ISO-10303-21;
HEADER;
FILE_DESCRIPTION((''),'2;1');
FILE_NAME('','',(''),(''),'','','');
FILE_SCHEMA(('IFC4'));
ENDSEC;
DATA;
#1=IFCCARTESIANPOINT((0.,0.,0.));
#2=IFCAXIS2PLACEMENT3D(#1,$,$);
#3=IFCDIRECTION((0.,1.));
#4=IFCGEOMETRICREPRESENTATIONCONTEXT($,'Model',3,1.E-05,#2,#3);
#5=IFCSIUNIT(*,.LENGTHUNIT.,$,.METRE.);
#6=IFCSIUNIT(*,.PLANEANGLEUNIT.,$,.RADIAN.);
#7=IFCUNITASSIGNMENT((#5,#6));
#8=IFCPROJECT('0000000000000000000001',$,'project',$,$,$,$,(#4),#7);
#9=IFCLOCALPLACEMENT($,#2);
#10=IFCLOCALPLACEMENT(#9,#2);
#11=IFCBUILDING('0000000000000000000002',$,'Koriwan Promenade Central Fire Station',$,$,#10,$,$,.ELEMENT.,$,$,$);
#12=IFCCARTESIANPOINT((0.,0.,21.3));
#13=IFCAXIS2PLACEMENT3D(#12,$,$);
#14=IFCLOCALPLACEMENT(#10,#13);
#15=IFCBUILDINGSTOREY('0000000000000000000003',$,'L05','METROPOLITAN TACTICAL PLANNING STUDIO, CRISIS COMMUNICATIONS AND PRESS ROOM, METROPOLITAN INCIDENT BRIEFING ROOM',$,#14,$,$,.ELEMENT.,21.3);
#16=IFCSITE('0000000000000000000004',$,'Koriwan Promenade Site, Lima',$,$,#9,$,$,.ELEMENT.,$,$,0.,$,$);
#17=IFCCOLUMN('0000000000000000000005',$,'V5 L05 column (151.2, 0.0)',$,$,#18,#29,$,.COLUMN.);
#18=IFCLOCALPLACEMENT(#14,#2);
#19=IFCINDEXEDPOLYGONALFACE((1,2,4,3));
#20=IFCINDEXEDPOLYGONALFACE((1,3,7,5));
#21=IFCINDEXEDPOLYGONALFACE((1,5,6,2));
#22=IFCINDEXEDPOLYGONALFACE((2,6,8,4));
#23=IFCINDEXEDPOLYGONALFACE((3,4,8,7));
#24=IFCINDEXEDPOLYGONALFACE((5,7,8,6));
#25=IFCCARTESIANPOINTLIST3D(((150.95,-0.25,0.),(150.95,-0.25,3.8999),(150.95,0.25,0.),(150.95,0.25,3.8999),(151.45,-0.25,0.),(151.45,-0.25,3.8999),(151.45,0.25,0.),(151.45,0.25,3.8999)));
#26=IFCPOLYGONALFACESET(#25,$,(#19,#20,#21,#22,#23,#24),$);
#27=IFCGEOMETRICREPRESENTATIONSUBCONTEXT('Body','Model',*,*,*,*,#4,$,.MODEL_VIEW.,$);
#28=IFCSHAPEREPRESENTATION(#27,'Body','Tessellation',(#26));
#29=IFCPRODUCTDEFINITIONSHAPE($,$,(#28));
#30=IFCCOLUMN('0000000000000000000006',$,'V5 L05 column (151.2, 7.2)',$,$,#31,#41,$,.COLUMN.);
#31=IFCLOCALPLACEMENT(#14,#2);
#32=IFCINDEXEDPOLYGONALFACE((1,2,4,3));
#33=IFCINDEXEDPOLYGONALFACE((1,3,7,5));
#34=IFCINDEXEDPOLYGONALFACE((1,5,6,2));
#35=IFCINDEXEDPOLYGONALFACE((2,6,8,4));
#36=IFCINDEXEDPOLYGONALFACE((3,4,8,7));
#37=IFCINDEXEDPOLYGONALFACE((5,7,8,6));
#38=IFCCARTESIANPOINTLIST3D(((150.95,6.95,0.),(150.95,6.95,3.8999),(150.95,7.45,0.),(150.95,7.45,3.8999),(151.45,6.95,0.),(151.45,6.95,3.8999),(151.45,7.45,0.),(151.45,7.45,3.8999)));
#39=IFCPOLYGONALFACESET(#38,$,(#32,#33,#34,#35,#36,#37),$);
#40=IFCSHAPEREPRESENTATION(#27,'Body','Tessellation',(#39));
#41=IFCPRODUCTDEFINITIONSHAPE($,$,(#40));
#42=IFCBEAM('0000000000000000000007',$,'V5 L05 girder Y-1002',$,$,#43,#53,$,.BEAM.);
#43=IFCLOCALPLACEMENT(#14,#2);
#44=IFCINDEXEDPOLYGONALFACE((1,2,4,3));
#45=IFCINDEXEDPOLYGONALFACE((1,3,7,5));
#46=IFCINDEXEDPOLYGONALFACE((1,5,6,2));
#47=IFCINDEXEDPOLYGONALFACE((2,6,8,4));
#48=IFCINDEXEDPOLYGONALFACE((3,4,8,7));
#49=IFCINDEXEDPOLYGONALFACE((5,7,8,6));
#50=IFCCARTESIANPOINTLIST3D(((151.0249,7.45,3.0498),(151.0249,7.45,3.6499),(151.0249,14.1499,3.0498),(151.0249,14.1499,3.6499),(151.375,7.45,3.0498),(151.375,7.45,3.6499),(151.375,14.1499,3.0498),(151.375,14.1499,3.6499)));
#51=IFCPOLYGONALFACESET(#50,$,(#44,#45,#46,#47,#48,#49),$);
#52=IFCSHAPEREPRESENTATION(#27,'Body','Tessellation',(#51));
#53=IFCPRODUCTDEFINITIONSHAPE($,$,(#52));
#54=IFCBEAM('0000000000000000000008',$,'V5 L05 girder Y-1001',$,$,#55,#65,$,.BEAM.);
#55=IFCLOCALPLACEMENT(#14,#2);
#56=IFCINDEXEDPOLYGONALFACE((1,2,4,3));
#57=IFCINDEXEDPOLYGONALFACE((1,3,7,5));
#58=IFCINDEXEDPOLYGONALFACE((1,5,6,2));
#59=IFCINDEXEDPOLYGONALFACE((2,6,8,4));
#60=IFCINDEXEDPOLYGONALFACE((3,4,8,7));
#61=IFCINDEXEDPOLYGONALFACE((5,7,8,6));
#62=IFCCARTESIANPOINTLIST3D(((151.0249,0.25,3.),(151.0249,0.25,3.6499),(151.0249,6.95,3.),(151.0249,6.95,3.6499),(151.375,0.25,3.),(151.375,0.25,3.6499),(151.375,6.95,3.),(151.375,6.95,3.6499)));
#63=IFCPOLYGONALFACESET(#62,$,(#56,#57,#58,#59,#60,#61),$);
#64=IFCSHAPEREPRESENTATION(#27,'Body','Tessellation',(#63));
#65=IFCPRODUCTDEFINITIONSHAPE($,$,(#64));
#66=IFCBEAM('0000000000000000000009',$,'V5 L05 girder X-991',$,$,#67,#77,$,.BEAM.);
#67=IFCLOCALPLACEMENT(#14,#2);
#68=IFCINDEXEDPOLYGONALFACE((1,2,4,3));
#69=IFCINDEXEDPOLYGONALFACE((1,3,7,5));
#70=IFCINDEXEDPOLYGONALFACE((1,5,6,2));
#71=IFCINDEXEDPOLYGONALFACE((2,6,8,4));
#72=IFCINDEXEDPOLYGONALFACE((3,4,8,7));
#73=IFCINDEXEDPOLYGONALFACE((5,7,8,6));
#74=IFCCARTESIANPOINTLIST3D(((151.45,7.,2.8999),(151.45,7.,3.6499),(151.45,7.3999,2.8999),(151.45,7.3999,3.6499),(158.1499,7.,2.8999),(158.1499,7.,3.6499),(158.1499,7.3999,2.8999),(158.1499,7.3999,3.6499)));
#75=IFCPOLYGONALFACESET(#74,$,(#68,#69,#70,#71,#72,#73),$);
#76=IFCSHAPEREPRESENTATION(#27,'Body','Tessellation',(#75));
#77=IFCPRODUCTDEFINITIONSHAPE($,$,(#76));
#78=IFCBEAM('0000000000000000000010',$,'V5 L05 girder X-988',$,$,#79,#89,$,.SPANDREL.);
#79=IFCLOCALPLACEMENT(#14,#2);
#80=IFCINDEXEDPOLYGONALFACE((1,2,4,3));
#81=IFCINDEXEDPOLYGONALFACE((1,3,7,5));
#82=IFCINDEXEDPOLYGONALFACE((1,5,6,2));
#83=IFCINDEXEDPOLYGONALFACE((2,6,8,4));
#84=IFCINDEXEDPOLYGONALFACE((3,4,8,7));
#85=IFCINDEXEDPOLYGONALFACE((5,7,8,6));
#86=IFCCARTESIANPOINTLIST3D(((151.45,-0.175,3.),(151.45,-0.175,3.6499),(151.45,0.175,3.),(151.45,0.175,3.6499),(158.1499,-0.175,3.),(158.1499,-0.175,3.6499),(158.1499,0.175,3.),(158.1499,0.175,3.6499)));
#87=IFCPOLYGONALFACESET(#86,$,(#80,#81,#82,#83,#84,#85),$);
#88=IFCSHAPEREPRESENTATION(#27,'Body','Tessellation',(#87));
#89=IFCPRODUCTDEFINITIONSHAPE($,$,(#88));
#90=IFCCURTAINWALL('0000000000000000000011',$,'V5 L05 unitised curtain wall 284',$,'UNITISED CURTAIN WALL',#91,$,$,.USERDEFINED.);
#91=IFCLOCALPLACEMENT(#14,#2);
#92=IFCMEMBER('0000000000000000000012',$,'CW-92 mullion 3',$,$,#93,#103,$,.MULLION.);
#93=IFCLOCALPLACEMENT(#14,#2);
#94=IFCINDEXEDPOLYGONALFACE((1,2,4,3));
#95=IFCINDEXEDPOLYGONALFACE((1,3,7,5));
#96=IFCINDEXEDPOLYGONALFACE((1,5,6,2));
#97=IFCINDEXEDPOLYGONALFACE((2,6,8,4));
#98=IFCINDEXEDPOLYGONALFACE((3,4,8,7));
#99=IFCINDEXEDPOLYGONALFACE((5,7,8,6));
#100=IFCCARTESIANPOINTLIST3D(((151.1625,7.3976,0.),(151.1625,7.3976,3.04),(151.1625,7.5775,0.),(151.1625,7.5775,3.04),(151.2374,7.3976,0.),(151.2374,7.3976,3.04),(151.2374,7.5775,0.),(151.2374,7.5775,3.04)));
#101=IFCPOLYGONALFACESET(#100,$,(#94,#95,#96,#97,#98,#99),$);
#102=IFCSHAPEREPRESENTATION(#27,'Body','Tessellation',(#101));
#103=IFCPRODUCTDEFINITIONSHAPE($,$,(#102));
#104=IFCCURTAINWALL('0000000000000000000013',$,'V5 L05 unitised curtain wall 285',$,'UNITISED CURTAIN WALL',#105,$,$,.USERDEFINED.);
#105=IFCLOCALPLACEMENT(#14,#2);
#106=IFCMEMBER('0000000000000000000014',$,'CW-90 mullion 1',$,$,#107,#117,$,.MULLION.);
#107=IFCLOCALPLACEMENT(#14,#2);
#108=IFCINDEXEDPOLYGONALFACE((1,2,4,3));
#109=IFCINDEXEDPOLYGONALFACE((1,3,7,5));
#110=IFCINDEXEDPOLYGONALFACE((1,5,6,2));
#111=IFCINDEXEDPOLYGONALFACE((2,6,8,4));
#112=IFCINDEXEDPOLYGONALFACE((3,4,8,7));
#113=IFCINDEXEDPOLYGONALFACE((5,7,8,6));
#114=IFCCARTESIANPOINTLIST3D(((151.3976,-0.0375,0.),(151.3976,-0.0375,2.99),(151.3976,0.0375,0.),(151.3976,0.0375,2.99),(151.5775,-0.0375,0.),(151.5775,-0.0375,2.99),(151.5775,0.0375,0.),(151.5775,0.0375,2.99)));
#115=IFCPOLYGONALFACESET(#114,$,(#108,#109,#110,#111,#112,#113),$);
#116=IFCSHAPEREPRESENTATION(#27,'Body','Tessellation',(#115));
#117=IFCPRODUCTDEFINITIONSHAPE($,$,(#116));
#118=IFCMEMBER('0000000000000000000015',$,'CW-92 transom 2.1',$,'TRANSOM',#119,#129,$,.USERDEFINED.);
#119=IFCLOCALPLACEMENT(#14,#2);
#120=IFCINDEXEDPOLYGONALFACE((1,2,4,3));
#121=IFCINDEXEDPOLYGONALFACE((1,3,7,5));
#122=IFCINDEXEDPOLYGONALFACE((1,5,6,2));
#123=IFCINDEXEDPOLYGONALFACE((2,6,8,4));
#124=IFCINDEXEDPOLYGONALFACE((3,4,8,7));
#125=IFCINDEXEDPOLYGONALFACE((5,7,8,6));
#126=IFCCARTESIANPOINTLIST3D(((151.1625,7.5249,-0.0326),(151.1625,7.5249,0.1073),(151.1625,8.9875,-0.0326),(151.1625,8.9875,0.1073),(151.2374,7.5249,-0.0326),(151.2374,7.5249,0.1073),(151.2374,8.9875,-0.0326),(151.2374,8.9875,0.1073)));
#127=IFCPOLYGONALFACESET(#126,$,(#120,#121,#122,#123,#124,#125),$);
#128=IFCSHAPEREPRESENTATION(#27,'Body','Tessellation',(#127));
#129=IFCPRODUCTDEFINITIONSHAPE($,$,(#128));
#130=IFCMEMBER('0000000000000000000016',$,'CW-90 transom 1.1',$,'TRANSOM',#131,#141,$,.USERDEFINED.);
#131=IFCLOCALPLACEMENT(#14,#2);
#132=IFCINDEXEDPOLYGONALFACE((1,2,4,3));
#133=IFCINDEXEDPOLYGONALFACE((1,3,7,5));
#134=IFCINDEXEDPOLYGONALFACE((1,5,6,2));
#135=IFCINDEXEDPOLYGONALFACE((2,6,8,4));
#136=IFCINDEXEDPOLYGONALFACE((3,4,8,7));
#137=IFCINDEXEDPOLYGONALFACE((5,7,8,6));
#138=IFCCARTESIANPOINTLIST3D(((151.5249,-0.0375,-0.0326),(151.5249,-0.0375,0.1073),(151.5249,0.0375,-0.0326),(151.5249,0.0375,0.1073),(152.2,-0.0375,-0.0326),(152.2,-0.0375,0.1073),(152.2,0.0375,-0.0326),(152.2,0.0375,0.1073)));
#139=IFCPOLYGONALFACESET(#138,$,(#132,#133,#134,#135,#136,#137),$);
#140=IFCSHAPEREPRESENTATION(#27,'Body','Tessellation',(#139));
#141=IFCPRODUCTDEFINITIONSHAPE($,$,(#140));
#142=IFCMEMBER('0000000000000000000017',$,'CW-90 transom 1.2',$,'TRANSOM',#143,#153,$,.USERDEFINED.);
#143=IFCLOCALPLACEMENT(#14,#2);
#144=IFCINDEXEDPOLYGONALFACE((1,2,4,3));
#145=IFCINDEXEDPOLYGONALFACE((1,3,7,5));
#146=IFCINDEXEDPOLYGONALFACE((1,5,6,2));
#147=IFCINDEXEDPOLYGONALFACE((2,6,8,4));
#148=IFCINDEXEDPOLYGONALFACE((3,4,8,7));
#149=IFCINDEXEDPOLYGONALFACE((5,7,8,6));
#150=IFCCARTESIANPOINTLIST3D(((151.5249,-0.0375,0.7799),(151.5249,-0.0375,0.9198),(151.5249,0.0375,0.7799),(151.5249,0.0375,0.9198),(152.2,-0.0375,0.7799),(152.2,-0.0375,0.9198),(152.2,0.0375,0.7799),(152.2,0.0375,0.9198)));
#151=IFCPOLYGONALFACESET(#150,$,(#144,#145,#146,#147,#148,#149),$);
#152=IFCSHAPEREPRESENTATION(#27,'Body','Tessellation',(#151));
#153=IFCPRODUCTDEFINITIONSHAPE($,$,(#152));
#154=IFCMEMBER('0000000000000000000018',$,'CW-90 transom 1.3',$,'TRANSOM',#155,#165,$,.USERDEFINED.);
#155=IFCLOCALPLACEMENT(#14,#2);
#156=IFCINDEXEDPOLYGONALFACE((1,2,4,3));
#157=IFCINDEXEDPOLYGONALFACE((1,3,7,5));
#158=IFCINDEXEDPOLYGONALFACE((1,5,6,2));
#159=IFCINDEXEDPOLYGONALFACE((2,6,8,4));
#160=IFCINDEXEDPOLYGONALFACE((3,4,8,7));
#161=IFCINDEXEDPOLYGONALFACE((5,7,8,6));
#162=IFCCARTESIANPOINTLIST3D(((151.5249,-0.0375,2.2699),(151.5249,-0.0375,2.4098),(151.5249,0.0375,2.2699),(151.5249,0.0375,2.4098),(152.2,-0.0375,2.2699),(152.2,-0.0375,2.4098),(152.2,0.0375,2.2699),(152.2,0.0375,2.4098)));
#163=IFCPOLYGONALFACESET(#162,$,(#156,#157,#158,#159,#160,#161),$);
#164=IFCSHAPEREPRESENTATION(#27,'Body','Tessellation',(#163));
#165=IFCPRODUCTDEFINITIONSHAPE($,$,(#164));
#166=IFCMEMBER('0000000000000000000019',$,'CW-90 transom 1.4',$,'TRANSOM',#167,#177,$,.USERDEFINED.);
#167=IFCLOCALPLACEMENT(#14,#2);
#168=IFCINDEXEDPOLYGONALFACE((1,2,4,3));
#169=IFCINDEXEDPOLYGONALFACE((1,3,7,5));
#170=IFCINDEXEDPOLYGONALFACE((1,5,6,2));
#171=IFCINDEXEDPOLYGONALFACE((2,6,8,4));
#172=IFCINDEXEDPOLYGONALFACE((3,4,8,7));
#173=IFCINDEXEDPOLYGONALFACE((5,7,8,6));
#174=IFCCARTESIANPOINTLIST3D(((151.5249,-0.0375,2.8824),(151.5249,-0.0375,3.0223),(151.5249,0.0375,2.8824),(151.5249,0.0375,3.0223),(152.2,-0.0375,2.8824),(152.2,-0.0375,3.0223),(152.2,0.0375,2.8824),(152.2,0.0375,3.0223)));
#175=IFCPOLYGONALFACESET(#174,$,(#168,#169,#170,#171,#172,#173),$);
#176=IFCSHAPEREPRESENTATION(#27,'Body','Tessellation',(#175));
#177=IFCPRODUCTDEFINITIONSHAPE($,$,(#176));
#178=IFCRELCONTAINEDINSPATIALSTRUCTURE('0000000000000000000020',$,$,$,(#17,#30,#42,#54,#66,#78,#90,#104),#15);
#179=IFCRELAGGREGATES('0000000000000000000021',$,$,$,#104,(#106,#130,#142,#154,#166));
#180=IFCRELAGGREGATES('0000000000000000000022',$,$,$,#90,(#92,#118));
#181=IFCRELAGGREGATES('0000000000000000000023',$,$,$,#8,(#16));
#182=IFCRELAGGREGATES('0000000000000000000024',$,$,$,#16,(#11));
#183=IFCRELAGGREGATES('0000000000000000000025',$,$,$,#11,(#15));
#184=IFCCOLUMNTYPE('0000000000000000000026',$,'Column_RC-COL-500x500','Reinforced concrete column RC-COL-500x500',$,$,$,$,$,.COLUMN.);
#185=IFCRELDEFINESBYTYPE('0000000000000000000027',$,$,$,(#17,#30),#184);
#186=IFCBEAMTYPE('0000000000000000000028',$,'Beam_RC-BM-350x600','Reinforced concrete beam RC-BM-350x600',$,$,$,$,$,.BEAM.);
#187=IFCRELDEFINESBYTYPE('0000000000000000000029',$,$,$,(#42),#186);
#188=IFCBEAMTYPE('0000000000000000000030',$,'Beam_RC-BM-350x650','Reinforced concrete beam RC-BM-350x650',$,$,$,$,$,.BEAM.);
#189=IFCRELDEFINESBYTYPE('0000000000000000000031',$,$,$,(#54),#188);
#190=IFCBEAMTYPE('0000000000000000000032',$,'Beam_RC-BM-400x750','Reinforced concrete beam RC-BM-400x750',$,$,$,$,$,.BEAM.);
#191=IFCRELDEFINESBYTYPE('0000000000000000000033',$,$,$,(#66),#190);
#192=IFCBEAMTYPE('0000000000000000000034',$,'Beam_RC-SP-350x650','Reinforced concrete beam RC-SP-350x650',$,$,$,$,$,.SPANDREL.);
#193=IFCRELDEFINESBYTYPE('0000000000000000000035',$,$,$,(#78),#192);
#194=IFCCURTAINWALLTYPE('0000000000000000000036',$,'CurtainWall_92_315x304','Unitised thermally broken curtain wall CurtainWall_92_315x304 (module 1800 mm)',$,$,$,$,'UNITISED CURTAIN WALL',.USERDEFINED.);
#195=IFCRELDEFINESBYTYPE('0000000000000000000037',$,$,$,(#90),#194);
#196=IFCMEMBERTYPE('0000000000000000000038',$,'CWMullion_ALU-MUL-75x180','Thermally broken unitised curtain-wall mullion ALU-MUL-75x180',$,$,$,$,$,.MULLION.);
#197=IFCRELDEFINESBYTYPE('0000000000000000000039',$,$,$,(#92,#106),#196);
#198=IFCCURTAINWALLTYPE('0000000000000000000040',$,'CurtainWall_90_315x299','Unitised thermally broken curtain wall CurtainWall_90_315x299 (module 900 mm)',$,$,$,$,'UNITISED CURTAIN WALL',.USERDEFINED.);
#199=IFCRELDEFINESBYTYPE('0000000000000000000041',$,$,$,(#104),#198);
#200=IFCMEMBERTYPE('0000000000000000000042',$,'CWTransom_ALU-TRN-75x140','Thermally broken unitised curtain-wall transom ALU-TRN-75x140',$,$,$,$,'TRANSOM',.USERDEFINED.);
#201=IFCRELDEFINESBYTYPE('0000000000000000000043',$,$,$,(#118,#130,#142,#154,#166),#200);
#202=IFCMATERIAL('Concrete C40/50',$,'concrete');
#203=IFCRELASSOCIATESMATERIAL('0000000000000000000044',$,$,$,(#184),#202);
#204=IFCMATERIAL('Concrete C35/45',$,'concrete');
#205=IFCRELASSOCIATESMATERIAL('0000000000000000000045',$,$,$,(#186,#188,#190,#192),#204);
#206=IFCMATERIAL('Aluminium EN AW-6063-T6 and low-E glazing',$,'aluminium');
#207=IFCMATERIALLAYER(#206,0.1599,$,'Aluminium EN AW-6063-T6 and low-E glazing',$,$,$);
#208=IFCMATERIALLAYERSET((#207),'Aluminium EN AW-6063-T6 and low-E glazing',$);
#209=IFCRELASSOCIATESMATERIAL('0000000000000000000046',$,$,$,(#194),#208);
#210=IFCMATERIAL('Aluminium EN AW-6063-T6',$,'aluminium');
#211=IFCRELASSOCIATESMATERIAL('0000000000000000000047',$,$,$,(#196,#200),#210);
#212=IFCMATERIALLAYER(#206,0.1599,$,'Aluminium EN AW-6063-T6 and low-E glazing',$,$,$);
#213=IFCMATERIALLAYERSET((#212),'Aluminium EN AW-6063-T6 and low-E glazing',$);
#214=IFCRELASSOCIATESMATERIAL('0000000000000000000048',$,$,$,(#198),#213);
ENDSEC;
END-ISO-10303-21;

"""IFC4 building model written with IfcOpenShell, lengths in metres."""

from ifc_helpers import new_model, si_unit, direction, frame, origin, origin_2d, place, context, subcontext, project, spatial, rectangle, extrude, material, layer, layer_set, material_profile, profile_set, type_object, element, aggregate, save


model = new_model("IFC4")

# Units and contexts
model_context = context("Model", 3, precision=1e-05, world=origin(), true_north=direction((0.0, 1.0)))
body_context = subcontext(model_context, "Body", "Model", "MODEL_VIEW")
ifc_project = project(units=[si_unit("LENGTHUNIT", "METRE"), si_unit("PLANEANGLEUNIT", "RADIAN")], contexts=[model_context])

# Site, building, storey
site_placement = place(None, origin())
site = spatial("IfcSite", under=ifc_project, at=site_placement, Name="Koriwan Promenade Site, Lima", CompositionType="ELEMENT", RefElevation=0.0)
building_placement = place(site_placement, origin())
building = spatial("IfcBuilding", under=site, at=building_placement, Name="Koriwan Promenade Central Fire Station", CompositionType="ELEMENT")
storey_placement = place(building_placement, frame((0.0, 0.0, 21.3)))
storey = spatial("IfcBuildingStorey", under=building, at=storey_placement, Name="L05", Description="METROPOLITAN TACTICAL PLANNING STUDIO, CRISIS COMMUNICATIONS AND PRESS ROOM, METROPOLITAN INCIDENT BRIEFING ROOM", CompositionType="ELEMENT", Elevation=21.3)

# Columns
ifc_material_1 = material(Name="Concrete C40/50", Category="concrete")
ifc_material_profile_1 = material_profile(ifc_material_1, rectangle(XDim=0.5, YDim=0.5, at=origin_2d()), Name="RC-COL-500x500")
ifc_profile_set_1 = profile_set([ifc_material_profile_1], Name="Concrete C40/50")
column_type = type_object("IfcColumnType", Name="Column_RC-COL-500x500", Description="Reinforced concrete column RC-COL-500x500", PredefinedType="COLUMN", material=ifc_profile_set_1)
for number, where, z_axis, x_axis, name in (
    (1, (151.2, 0.0, 0.0), (0.0, 0.0, 1.0), (1.0, 0.0, 0.0), "V5 L05 column (151.2, 0.0)"),
    (2, (151.2, 7.2, 0.0), (0.0, 0.0, 1.0), (1.0, 0.0, 0.0), "V5 L05 column (151.2, 7.2)"),
):
    element("IfcColumn", number, at=place(storey_placement, frame(where, z_axis=z_axis, x_axis=x_axis)), inside=storey, type_object=column_type, Name=name, PredefinedType="COLUMN", context=body_context, shape_type="SweptSolid", body=[
        extrude(rectangle(XDim=0.5, YDim=0.5, at=origin_2d()), origin(), (0.0, 0.0, 1.0), 3.8999),
    ])

# Beams
ifc_material_2 = material(Name="Concrete C35/45", Category="concrete")
ifc_material_profile_2 = material_profile(ifc_material_2, rectangle(XDim=0.3501, YDim=0.6001, at=origin_2d()), Name="RC-BM-350x600")
ifc_profile_set_2 = profile_set([ifc_material_profile_2], Name="Concrete C35/45")
beam_type_1 = type_object("IfcBeamType", Name="Beam_RC-BM-350x600", Description="Reinforced concrete beam RC-BM-350x600", PredefinedType="BEAM", material=ifc_profile_set_2)
beam_1_placement = place(storey_placement, frame((151.2, 7.45, 3.3499), z_axis=(0.0, 1.0, 0.0), x_axis=(-1.0, 0.0, 0.0)))
element("IfcBeam", 3, at=beam_1_placement, inside=storey, type_object=beam_type_1, Name="V5 L05 girder Y-1002", PredefinedType="BEAM", context=body_context, shape_type="SweptSolid", body=[
    extrude(rectangle(XDim=0.3501, YDim=0.6001, at=origin_2d()), origin(), (0.0, 0.0, 1.0), 6.7),
])
ifc_material_profile_3 = material_profile(ifc_material_2, rectangle(XDim=0.3501, YDim=0.6499, at=origin_2d()), Name="RC-BM-350x650")
ifc_profile_set_3 = profile_set([ifc_material_profile_3], Name="Concrete C35/45")
beam_type_2 = type_object("IfcBeamType", Name="Beam_RC-BM-350x650", Description="Reinforced concrete beam RC-BM-350x650", PredefinedType="BEAM", material=ifc_profile_set_3)
beam_2_placement = place(storey_placement, frame((151.2, 0.25, 3.325), z_axis=(0.0, 1.0, 0.0), x_axis=(-1.0, 0.0, 0.0)))
element("IfcBeam", 4, at=beam_2_placement, inside=storey, type_object=beam_type_2, Name="V5 L05 girder Y-1001", PredefinedType="BEAM", context=body_context, shape_type="SweptSolid", body=[
    extrude(rectangle(XDim=0.3501, YDim=0.6499, at=origin_2d()), origin(), (0.0, 0.0, 1.0), 6.7),
])
ifc_material_profile_4 = material_profile(ifc_material_2, rectangle(XDim=0.3999, YDim=0.75, at=origin_2d()), Name="RC-BM-400x750")
ifc_profile_set_4 = profile_set([ifc_material_profile_4], Name="Concrete C35/45")
beam_type_3 = type_object("IfcBeamType", Name="Beam_RC-BM-400x750", Description="Reinforced concrete beam RC-BM-400x750", PredefinedType="BEAM", material=ifc_profile_set_4)
beam_3_placement = place(storey_placement, frame((151.45, 7.2, 3.2749), z_axis=(1.0, 0.0, 0.0), x_axis=(0.0, 1.0, 0.0)))
element("IfcBeam", 5, at=beam_3_placement, inside=storey, type_object=beam_type_3, Name="V5 L05 girder X-991", PredefinedType="BEAM", context=body_context, shape_type="SweptSolid", body=[
    extrude(rectangle(XDim=0.3999, YDim=0.75, at=origin_2d()), origin(), (0.0, 0.0, 1.0), 6.7),
])
ifc_material_profile_5 = material_profile(ifc_material_2, rectangle(XDim=0.3501, YDim=0.6499, at=origin_2d()), Name="RC-SP-350x650")
ifc_profile_set_5 = profile_set([ifc_material_profile_5], Name="Concrete C35/45")
beam_type_4 = type_object("IfcBeamType", Name="Beam_RC-SP-350x650", Description="Reinforced concrete beam RC-SP-350x650", PredefinedType="SPANDREL", material=ifc_profile_set_5)
beam_4_placement = place(storey_placement, frame((151.45, 0.0, 3.325), z_axis=(1.0, 0.0, 0.0), x_axis=(0.0, 1.0, 0.0)))
element("IfcBeam", 6, at=beam_4_placement, inside=storey, type_object=beam_type_4, Name="V5 L05 girder X-988", PredefinedType="SPANDREL", context=body_context, shape_type="SweptSolid", body=[
    extrude(rectangle(XDim=0.3501, YDim=0.6499, at=origin_2d()), origin(), (0.0, 0.0, 1.0), 6.7),
])

# Curtain walls, members
ifc_material_3 = material(Name="Aluminium EN AW-6063-T6 and low-E glazing", Category="aluminium")
ifc_layer_1 = layer(ifc_material_3, 0.1599, Name="Aluminium EN AW-6063-T6 and low-E glazing")
ifc_layer_set_1 = layer_set([ifc_layer_1], Name="Aluminium EN AW-6063-T6 and low-E glazing")
curtain_wall_type_1 = type_object("IfcCurtainWallType", Name="CurtainWall_92_315x304", Description="Unitised thermally broken curtain wall CurtainWall_92_315x304 (module 1800 mm)", ElementType="UNITISED CURTAIN WALL", PredefinedType="USERDEFINED", material=ifc_layer_set_1)
curtain_wall_1_placement = place(storey_placement, origin())
curtain_wall_1 = element("IfcCurtainWall", 7, at=curtain_wall_1_placement, inside=storey, type_object=curtain_wall_type_1, Name="V5 L05 unitised curtain wall 284", ObjectType="UNITISED CURTAIN WALL", PredefinedType="USERDEFINED")
ifc_material_4 = material(Name="Aluminium EN AW-6063-T6", Category="aluminium")
ifc_material_profile_6 = material_profile(ifc_material_4, rectangle(XDim=0.075, YDim=0.1799, at=origin_2d()), Name="ALU-MUL-75x180")
ifc_profile_set_6 = profile_set([ifc_material_profile_6], Name="Aluminium EN AW-6063-T6")
member_type_1 = type_object("IfcMemberType", Name="CWMullion_ALU-MUL-75x180", Description="Thermally broken unitised curtain-wall mullion ALU-MUL-75x180", PredefinedType="MULLION", material=ifc_profile_set_6)
member_1_placement = place(storey_placement, frame((151.2, 7.4875, 0.0), z_axis=(0.0, 0.0, 1.0), x_axis=(1.0, 0.0, 0.0)))
member_1 = element("IfcMember", 8, at=member_1_placement, type_object=member_type_1, Name="CW-92 mullion 3", PredefinedType="MULLION", context=body_context, shape_type="SweptSolid", body=[
    extrude(rectangle(XDim=0.075, YDim=0.1799, at=origin_2d()), origin(), (0.0, 0.0, 1.0), 3.04),
])
ifc_layer_2 = layer(ifc_material_3, 0.1599, Name="Aluminium EN AW-6063-T6 and low-E glazing")
ifc_layer_set_2 = layer_set([ifc_layer_2], Name="Aluminium EN AW-6063-T6 and low-E glazing")
curtain_wall_type_2 = type_object("IfcCurtainWallType", Name="CurtainWall_90_315x299", Description="Unitised thermally broken curtain wall CurtainWall_90_315x299 (module 900 mm)", ElementType="UNITISED CURTAIN WALL", PredefinedType="USERDEFINED", material=ifc_layer_set_2)
curtain_wall_2_placement = place(storey_placement, origin())
curtain_wall_2 = element("IfcCurtainWall", 9, at=curtain_wall_2_placement, inside=storey, type_object=curtain_wall_type_2, Name="V5 L05 unitised curtain wall 285", ObjectType="UNITISED CURTAIN WALL", PredefinedType="USERDEFINED")
member_2_placement = place(storey_placement, frame((151.4875, 0.0, 0.0), z_axis=(0.0, 0.0, 1.0), x_axis=(0.0, 1.0, 0.0)))
member_2 = element("IfcMember", 10, at=member_2_placement, type_object=member_type_1, Name="CW-90 mullion 1", PredefinedType="MULLION", context=body_context, shape_type="SweptSolid", body=[
    extrude(rectangle(XDim=0.075, YDim=0.1799, at=origin_2d()), origin(), (0.0, 0.0, 1.0), 2.99),
])

# Members
ifc_material_profile_7 = material_profile(ifc_material_4, rectangle(XDim=0.075, YDim=0.1399, at=origin_2d()), Name="ALU-TRN-75x140")
ifc_profile_set_7 = profile_set([ifc_material_profile_7], Name="Aluminium EN AW-6063-T6")
member_type_2 = type_object("IfcMemberType", Name="CWTransom_ALU-TRN-75x140", Description="Thermally broken unitised curtain-wall transom ALU-TRN-75x140", ElementType="TRANSOM", PredefinedType="USERDEFINED", material=ifc_profile_set_7)
member_3_placement = place(storey_placement, frame((151.2, 8.9875, 0.0374), z_axis=(0.0, -1.0, 0.0), x_axis=(1.0, 0.0, 0.0)))
member_3 = element("IfcMember", 11, at=member_3_placement, type_object=member_type_2, Name="CW-92 transom 2.1", ObjectType="TRANSOM", PredefinedType="USERDEFINED", context=body_context, shape_type="SweptSolid", body=[
    extrude(rectangle(XDim=0.075, YDim=0.1399, at=origin_2d()), origin(), (0.0, 0.0, 1.0), 1.4626),
])
member_4_placement = place(storey_placement, frame((151.5249, 0.0, 0.0374), z_axis=(1.0, 0.0, 0.0), x_axis=(0.0, 1.0, 0.0)))
member_4 = element("IfcMember", 12, at=member_4_placement, type_object=member_type_2, Name="CW-90 transom 1.1", ObjectType="TRANSOM", PredefinedType="USERDEFINED", context=body_context, shape_type="SweptSolid", body=[
    extrude(rectangle(XDim=0.075, YDim=0.1399, at=origin_2d()), origin(), (0.0, 0.0, 1.0), 0.675),
])
member_5_placement = place(storey_placement, frame((151.5249, 0.0, 0.8499), z_axis=(1.0, 0.0, 0.0), x_axis=(0.0, 1.0, 0.0)))
member_5 = element("IfcMember", 13, at=member_5_placement, type_object=member_type_2, Name="CW-90 transom 1.2", ObjectType="TRANSOM", PredefinedType="USERDEFINED", context=body_context, shape_type="SweptSolid", body=[
    extrude(rectangle(XDim=0.075, YDim=0.1399, at=origin_2d()), origin(), (0.0, 0.0, 1.0), 0.675),
])
member_6_placement = place(storey_placement, frame((151.5249, 0.0, 2.3398), z_axis=(1.0, 0.0, 0.0), x_axis=(0.0, 1.0, 0.0)))
member_6 = element("IfcMember", 14, at=member_6_placement, type_object=member_type_2, Name="CW-90 transom 1.3", ObjectType="TRANSOM", PredefinedType="USERDEFINED", context=body_context, shape_type="SweptSolid", body=[
    extrude(rectangle(XDim=0.075, YDim=0.1399, at=origin_2d()), origin(), (0.0, 0.0, 1.0), 0.675),
])
member_7_placement = place(storey_placement, frame((151.5249, 0.0, 2.9524), z_axis=(1.0, 0.0, 0.0), x_axis=(0.0, 1.0, 0.0)))
member_7 = element("IfcMember", 15, at=member_7_placement, type_object=member_type_2, Name="CW-90 transom 1.4", ObjectType="TRANSOM", PredefinedType="USERDEFINED", context=body_context, shape_type="SweptSolid", body=[
    extrude(rectangle(XDim=0.075, YDim=0.1399, at=origin_2d()), origin(), (0.0, 0.0, 1.0), 0.675),
])
aggregate(curtain_wall_2, [member_2, member_4, member_5, member_6, member_7])

aggregate(curtain_wall_1, [member_1, member_3])

save(model, "model.ifc")
